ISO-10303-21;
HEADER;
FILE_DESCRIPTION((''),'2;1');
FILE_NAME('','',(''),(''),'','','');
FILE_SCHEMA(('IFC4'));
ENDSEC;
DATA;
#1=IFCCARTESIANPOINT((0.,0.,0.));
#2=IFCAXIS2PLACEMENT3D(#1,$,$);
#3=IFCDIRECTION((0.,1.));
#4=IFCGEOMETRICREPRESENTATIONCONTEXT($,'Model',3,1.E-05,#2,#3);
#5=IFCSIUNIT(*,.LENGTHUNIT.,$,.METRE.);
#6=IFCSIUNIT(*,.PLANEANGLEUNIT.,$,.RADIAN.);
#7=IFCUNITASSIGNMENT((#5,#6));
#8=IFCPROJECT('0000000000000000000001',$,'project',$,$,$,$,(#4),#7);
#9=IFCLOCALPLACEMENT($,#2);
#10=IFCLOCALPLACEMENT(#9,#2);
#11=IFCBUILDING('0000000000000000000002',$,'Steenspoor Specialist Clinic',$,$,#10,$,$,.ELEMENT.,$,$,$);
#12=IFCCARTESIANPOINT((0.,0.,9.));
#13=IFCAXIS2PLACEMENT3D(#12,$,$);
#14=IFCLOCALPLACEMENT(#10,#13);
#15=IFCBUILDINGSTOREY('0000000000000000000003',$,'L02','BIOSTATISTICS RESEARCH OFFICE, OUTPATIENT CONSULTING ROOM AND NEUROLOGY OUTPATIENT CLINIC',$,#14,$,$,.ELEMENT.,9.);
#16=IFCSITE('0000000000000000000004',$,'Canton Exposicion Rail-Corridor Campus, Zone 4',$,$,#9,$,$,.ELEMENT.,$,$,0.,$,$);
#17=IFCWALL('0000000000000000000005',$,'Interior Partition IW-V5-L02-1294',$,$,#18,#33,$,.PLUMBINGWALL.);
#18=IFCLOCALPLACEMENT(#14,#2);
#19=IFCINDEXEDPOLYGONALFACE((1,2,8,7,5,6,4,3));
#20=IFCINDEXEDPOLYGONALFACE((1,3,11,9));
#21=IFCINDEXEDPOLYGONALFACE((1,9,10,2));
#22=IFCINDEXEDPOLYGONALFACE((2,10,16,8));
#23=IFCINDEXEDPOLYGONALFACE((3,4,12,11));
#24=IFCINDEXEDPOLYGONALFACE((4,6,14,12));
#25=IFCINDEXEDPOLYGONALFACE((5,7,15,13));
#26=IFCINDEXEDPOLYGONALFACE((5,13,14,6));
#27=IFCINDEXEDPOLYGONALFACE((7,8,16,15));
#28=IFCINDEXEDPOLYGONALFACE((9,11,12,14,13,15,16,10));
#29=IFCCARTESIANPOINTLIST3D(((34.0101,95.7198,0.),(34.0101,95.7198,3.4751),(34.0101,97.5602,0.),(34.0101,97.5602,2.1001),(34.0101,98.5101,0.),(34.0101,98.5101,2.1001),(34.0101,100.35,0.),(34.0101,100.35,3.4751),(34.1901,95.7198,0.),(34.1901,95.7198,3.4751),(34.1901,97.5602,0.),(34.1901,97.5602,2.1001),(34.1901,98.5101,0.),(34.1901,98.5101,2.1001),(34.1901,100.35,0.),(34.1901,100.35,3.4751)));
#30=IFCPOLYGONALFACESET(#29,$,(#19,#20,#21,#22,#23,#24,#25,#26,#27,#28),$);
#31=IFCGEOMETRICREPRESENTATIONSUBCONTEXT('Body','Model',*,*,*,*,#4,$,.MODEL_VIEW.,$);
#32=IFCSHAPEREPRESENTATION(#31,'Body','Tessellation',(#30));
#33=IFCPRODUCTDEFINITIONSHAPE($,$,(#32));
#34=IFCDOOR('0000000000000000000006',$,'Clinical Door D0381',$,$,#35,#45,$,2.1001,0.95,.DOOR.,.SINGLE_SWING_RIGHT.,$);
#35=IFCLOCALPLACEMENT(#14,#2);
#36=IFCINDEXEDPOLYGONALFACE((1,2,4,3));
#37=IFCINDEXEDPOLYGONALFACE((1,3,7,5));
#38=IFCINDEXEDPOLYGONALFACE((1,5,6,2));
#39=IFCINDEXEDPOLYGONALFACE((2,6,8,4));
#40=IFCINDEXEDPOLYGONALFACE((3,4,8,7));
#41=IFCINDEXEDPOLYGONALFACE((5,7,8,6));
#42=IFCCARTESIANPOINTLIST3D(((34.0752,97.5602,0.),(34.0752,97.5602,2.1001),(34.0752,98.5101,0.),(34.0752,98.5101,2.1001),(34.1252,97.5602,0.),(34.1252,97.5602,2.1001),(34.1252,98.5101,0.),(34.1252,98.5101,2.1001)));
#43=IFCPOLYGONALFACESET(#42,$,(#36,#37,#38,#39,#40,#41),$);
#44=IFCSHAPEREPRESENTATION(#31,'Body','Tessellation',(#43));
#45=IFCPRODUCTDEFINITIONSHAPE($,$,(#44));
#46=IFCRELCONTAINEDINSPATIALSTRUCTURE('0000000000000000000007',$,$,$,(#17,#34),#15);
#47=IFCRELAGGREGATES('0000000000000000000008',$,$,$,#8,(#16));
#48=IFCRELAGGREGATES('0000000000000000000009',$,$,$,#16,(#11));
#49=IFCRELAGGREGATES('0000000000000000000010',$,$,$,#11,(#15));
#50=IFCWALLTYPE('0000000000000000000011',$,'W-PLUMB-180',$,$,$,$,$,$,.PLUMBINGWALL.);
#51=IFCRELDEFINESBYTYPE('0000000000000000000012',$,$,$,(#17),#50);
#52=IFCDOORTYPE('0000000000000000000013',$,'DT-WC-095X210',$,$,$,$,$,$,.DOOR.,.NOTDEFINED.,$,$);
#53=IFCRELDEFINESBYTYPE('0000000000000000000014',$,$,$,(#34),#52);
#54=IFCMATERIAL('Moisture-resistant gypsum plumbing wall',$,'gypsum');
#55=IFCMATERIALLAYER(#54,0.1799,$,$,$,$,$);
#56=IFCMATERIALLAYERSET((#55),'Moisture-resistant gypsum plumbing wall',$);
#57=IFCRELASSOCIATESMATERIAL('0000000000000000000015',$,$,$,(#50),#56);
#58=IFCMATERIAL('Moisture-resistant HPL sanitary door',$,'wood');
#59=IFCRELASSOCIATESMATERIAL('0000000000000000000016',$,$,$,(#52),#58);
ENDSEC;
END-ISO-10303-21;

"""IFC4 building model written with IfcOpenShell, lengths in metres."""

from ifc_helpers import new_model, si_unit, direction, frame, frame_2d, origin, place, context, subcontext, project, spatial, rectangle, extrude, material, layer, layer_set, type_object, element, fill, save


model = new_model("IFC4")

# Units and contexts
model_context = context("Model", 3, precision=1e-05, world=origin(), true_north=direction((0.0, 1.0)))
body_context = subcontext(model_context, "Body", "Model", "MODEL_VIEW")
ifc_project = project(units=[si_unit("LENGTHUNIT", "METRE"), si_unit("PLANEANGLEUNIT", "RADIAN")], contexts=[model_context])

# Site, building, storey
site_placement = place(None, origin())
site = spatial("IfcSite", under=ifc_project, at=site_placement, Name="Canton Exposicion Rail-Corridor Campus, Zone 4", CompositionType="ELEMENT", RefElevation=0.0)
building_placement = place(site_placement, origin())
building = spatial("IfcBuilding", under=site, at=building_placement, Name="Steenspoor Specialist Clinic", CompositionType="ELEMENT")
storey_placement = place(building_placement, frame((0.0, 0.0, 9.0)))
storey = spatial("IfcBuildingStorey", under=building, at=storey_placement, Name="L02", Description="BIOSTATISTICS RESEARCH OFFICE, OUTPATIENT CONSULTING ROOM AND NEUROLOGY OUTPATIENT CLINIC", CompositionType="ELEMENT", Elevation=9.0)

# Wall, opening, door
ifc_material_1 = material(Name="Moisture-resistant gypsum plumbing wall", Category="gypsum")
ifc_layer_1 = layer(ifc_material_1, 0.1799)
ifc_layer_set_1 = layer_set([ifc_layer_1], Name="Moisture-resistant gypsum plumbing wall")
wall_type_1 = type_object("IfcWallType", Name="W-PLUMB-180", PredefinedType="PLUMBINGWALL", material=ifc_layer_set_1)
wall_1_placement = place(storey_placement, frame((34.1001, 95.72, 0.0), z_axis=(0.0, 0.0, 1.0), x_axis=(0.0, 1.0, 0.0)))
wall_1 = element("IfcWall", 1, at=wall_1_placement, inside=storey, type_object=wall_type_1, Name="Interior Partition IW-V5-L02-1294", PredefinedType="PLUMBINGWALL", context=body_context, shape_type="SweptSolid", body=[
    extrude(rectangle(XDim=4.6301, YDim=0.1799, at=frame_2d((2.3149, 0.0))), origin(), (0.0, 0.0, 1.0), 3.4751),
])
opening_1_placement = place(wall_1_placement, frame((1.8401, 0.0, 0.0)))
opening_1 = element("IfcOpeningElement", 2, at=opening_1_placement, cuts=wall_1, PredefinedType="OPENING", context=body_context, shape_type="SweptSolid", body=[
    extrude(rectangle(XDim=0.95, YDim=2.1001, at=frame_2d((0.4751, 1.05))), frame((0.0, 0.1001, 0.0), z_axis=(0.0, -1.0, 0.0), x_axis=(1.0, 0.0, 0.0)), (0.0, 0.0, 1.0), 0.2),
])
ifc_material_2 = material(Name="Moisture-resistant HPL sanitary door", Category="wood")
door_type = type_object("IfcDoorType", Name="DT-WC-095X210", OperationType="NOTDEFINED", PredefinedType="DOOR", material=ifc_material_2)
door_placement = place(opening_1_placement, origin())
door = element("IfcDoor", 3, at=door_placement, inside=storey, type_object=door_type, Name="Clinical Door D0381", OperationType="SINGLE_SWING_RIGHT", OverallHeight=2.1001, OverallWidth=0.95, PredefinedType="DOOR", context=body_context, shape_type="SweptSolid", body=[
    extrude(rectangle(XDim=0.95, YDim=2.1001, at=frame_2d((0.4751, 1.05))), frame((0.0, 0.0249, 0.0), z_axis=(0.0, -1.0, 0.0), x_axis=(1.0, 0.0, 0.0)), (0.0, 0.0, 1.0), 0.05),
])
fill(opening_1, door)

save(model, "model.ifc")
